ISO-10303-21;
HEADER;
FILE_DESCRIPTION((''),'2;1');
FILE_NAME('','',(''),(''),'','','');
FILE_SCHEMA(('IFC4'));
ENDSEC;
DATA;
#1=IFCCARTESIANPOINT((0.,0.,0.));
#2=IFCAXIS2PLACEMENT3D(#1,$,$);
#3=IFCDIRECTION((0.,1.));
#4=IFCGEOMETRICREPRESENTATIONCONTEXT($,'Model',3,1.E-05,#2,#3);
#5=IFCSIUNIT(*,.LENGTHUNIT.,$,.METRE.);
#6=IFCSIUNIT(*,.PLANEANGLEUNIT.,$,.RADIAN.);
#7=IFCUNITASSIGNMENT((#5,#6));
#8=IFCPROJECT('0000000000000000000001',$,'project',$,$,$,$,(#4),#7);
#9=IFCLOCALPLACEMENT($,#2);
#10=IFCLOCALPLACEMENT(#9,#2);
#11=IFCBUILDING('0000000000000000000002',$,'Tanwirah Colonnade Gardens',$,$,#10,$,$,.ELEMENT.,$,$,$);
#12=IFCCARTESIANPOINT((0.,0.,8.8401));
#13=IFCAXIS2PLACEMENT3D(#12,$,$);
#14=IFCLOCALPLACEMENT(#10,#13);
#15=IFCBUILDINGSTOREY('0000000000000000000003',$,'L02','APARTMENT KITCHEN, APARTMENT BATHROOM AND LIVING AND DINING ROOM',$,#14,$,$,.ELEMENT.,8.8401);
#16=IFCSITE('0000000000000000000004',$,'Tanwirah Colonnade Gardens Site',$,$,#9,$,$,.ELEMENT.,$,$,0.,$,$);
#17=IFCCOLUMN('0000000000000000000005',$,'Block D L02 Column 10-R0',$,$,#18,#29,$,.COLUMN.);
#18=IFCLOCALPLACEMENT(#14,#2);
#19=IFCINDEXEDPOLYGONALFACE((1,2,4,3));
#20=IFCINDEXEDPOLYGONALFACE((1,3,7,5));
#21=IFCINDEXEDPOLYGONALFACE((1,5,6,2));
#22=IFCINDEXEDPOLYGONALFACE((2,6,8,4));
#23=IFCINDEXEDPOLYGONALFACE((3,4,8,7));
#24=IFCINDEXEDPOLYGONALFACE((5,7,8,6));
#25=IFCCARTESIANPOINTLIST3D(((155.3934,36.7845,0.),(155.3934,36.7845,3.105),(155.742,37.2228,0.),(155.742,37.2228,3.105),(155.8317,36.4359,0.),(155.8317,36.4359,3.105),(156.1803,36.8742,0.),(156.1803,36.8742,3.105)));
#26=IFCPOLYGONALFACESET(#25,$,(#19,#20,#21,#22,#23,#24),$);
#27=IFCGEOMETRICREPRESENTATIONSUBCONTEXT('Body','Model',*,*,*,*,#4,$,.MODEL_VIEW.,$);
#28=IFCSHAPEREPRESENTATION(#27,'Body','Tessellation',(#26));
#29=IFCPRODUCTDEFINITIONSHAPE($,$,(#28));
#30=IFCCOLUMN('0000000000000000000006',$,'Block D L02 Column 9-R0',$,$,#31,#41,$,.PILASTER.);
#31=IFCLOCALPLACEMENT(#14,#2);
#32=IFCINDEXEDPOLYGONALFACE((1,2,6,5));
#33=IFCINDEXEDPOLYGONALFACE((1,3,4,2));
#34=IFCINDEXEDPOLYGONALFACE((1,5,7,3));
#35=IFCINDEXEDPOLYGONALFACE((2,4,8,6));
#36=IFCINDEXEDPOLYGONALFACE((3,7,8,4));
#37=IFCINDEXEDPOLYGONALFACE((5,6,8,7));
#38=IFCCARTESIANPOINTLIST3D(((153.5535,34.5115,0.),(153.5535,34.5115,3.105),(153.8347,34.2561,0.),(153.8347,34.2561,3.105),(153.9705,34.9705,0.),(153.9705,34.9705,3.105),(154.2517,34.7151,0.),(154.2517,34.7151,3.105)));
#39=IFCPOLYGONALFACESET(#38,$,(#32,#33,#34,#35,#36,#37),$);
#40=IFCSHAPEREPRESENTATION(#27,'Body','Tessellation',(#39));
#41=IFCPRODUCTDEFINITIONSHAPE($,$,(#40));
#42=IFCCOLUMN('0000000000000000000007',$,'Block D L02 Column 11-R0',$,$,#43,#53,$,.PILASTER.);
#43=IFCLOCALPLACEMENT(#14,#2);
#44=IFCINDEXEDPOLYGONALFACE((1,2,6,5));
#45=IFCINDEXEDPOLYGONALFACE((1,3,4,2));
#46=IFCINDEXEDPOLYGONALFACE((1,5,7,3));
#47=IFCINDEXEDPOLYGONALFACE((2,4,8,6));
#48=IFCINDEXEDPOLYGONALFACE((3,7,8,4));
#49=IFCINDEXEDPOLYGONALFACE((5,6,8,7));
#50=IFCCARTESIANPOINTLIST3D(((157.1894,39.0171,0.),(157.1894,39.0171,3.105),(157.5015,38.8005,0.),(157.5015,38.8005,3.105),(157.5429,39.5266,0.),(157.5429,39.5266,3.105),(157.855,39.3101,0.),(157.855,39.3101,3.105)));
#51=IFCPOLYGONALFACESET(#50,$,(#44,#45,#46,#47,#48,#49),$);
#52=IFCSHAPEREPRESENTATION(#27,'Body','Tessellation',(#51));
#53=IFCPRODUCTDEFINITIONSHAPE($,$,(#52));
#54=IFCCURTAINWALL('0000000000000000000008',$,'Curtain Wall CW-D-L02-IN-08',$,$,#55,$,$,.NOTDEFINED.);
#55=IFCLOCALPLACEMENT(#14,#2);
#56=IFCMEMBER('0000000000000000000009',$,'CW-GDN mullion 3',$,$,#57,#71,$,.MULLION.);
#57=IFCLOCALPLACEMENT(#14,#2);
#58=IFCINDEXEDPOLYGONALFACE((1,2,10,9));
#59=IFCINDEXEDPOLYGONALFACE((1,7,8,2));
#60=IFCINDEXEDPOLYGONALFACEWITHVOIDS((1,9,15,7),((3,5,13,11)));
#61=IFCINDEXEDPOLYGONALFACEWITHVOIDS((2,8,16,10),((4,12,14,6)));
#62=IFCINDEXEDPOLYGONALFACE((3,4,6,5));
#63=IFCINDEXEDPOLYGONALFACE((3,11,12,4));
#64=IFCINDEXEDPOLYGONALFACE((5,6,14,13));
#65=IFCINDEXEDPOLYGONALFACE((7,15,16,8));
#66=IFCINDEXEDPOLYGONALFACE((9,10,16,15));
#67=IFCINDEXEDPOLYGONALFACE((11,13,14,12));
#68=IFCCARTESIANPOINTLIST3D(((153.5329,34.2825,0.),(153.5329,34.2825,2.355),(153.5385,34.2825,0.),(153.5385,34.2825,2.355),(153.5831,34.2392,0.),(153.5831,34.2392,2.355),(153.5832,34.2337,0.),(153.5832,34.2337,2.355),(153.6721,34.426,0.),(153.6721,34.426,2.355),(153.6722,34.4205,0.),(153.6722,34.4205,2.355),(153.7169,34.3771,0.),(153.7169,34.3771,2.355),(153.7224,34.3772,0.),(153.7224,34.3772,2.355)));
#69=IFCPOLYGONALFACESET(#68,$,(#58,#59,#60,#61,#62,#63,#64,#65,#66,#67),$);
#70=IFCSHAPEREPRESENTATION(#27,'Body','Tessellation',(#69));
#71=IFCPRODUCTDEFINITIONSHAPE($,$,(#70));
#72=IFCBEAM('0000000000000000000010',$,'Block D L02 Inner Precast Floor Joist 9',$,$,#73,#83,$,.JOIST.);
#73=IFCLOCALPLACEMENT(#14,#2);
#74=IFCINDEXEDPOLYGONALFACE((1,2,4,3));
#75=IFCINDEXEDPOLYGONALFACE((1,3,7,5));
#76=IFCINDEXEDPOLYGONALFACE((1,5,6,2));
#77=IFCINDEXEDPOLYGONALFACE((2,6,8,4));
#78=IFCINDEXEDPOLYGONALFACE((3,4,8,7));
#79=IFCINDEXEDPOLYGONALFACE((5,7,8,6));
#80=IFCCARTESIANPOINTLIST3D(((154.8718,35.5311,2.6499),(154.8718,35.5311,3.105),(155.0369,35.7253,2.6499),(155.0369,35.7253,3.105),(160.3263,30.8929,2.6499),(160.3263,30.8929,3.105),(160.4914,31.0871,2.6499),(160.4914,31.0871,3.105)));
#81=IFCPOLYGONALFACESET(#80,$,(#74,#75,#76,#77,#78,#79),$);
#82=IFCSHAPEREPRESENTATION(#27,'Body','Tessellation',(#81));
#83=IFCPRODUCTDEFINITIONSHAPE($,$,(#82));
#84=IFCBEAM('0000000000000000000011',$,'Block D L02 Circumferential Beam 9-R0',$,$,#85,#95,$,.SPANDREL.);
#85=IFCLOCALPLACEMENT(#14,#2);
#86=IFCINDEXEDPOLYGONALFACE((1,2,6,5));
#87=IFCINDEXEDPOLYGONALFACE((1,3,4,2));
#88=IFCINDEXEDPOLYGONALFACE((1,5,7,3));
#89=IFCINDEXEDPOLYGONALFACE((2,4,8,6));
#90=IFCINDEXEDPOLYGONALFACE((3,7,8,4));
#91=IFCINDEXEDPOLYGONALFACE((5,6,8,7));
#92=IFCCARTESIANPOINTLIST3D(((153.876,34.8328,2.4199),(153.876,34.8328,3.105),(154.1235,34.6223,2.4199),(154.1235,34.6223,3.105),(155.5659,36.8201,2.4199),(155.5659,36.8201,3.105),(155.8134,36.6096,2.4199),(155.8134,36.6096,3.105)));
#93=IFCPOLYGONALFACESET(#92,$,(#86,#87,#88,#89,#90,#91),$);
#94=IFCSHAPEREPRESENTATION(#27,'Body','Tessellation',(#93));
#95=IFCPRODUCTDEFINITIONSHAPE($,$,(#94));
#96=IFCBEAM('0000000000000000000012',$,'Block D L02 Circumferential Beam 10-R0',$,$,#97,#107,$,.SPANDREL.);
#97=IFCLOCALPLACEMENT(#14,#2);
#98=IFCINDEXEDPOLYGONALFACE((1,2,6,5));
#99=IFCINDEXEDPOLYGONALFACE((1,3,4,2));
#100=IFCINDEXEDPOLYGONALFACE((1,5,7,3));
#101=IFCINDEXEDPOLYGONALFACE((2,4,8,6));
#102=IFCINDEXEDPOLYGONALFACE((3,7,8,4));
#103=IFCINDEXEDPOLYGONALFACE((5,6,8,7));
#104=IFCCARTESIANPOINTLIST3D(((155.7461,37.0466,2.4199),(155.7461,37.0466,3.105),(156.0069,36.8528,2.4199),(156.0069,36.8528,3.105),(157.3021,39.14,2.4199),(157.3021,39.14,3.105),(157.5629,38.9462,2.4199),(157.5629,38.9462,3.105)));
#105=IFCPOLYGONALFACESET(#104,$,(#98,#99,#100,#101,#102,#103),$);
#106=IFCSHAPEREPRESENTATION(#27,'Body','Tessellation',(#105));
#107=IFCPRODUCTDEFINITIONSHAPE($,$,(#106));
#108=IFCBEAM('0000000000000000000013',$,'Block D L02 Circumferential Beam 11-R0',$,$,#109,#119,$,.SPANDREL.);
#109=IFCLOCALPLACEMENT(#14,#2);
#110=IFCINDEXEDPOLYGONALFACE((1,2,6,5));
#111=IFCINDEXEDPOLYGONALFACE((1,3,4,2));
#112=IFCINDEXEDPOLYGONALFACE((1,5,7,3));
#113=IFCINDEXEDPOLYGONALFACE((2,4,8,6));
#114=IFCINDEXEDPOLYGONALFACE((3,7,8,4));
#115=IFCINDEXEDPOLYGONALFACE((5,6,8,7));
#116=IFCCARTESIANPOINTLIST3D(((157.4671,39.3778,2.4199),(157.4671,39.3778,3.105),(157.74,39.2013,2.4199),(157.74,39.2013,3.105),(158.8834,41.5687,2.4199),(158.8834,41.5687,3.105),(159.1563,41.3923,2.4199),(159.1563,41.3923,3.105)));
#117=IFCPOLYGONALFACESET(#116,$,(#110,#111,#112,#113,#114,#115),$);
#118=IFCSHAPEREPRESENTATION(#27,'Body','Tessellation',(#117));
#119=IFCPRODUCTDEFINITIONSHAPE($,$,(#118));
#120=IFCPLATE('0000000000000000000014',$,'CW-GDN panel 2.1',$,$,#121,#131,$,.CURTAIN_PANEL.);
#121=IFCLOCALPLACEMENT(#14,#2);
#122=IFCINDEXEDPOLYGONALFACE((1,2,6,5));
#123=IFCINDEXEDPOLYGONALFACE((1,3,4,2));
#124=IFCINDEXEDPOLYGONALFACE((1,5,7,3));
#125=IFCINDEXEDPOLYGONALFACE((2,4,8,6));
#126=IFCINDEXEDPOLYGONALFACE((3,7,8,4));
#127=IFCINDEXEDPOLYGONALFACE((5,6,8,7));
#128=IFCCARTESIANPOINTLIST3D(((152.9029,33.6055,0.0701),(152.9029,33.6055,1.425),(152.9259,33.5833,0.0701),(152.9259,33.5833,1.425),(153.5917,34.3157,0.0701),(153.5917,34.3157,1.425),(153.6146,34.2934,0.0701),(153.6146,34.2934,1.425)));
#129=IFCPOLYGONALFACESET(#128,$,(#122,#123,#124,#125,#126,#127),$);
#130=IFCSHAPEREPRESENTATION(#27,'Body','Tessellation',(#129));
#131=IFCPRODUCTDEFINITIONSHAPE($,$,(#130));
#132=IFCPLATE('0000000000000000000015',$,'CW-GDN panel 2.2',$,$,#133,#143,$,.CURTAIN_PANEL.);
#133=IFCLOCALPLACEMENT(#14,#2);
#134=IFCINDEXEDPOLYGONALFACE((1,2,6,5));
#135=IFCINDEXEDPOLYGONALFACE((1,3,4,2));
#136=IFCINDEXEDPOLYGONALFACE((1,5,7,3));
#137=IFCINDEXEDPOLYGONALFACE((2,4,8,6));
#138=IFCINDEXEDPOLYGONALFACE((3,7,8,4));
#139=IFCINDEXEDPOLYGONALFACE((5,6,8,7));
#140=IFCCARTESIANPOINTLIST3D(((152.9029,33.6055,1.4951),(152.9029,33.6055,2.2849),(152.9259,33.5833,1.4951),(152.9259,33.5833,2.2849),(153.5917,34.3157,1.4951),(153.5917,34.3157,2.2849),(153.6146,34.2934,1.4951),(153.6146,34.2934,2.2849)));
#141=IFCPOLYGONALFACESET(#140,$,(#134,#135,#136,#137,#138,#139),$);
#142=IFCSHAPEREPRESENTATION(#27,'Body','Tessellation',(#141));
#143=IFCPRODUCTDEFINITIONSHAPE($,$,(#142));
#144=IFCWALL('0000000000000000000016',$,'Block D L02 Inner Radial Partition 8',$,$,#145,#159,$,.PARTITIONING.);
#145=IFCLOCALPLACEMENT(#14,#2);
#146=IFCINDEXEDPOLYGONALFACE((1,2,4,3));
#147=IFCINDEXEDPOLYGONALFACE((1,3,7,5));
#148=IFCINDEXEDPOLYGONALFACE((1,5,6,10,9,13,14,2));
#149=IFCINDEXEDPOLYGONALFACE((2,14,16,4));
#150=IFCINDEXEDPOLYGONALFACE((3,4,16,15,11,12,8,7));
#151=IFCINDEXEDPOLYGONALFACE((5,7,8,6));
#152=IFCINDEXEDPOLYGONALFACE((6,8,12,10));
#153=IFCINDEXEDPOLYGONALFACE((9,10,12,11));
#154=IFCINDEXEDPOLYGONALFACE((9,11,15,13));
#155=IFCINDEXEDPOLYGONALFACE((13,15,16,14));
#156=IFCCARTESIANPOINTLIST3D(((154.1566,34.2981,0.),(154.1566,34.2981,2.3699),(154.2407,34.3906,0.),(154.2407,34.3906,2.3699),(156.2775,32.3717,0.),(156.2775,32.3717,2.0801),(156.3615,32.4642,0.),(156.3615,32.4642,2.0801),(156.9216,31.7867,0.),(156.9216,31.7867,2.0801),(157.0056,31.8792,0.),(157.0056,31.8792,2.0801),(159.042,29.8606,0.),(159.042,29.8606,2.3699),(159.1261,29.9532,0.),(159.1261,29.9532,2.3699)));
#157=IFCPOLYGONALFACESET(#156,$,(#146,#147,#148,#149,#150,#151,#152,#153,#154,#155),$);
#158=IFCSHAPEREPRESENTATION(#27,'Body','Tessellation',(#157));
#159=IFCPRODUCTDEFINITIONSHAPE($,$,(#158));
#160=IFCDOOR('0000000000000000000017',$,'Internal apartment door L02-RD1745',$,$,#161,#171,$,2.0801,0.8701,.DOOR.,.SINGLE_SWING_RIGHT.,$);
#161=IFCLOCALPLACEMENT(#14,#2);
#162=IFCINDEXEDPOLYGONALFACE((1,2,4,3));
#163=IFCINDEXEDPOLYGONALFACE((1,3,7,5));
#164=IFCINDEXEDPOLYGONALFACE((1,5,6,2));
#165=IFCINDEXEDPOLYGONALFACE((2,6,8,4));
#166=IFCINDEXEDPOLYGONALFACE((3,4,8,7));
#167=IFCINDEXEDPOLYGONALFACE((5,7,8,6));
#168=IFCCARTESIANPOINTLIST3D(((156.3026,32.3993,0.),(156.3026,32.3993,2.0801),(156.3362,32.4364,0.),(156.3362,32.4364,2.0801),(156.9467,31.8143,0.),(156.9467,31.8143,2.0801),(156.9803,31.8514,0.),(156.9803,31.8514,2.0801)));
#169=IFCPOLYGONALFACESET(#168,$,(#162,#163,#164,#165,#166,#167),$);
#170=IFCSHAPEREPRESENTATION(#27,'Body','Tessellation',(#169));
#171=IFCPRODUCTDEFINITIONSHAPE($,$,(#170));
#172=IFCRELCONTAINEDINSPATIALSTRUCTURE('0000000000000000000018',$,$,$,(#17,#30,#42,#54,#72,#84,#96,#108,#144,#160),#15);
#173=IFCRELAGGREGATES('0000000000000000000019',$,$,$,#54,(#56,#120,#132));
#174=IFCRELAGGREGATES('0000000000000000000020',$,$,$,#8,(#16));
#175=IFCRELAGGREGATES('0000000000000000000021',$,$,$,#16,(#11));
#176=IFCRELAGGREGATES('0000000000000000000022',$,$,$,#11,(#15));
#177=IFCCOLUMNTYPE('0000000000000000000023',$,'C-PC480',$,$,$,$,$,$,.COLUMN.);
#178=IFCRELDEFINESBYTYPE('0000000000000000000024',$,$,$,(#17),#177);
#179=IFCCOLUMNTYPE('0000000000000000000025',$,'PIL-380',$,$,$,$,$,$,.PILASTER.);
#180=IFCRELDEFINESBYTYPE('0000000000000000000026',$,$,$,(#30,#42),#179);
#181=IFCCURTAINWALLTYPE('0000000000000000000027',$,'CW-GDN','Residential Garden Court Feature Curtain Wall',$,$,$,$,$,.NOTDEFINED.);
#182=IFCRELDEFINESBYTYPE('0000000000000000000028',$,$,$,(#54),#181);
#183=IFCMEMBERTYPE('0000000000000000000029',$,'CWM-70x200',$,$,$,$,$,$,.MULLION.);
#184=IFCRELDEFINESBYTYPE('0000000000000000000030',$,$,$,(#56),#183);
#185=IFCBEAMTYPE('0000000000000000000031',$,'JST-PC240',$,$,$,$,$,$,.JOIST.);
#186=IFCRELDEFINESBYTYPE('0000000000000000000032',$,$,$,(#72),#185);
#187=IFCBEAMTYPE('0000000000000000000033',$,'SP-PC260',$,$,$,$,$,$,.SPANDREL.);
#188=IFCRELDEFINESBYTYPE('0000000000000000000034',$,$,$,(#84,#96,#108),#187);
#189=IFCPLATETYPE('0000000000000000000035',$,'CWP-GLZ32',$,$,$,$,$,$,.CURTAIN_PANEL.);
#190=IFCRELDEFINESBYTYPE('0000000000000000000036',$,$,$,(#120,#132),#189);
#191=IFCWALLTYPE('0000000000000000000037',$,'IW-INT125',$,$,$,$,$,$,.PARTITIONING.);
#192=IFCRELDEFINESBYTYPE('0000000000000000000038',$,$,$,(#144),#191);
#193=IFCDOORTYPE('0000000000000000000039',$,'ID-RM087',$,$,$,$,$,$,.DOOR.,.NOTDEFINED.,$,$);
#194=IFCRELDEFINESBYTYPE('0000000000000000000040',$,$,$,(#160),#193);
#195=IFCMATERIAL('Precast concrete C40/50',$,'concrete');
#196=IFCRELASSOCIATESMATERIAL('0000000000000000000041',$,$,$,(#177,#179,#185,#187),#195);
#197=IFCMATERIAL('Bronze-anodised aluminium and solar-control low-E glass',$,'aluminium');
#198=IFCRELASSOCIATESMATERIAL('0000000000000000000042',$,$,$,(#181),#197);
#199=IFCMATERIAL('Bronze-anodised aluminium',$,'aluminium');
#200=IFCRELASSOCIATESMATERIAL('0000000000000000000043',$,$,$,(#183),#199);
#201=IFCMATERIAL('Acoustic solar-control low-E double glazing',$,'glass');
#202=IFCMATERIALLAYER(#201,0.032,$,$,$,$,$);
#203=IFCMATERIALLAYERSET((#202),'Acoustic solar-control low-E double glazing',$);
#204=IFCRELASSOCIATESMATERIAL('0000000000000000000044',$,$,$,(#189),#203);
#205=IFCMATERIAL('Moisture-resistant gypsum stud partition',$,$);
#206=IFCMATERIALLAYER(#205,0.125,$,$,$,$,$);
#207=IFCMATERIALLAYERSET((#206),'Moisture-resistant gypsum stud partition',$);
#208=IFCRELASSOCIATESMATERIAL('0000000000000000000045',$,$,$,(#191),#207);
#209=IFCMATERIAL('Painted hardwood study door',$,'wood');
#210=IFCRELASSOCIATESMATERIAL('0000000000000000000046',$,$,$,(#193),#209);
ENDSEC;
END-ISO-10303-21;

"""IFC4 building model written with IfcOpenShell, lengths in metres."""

from ifc_helpers import new_model, si_unit, direction, frame, frame_2d, origin, origin_2d, place, context, subcontext, project, spatial, rectangle, hollow_rectangle, extrude, material, layer, layer_set, material_profile, profile_set, type_object, element, fill, aggregate, save


model = new_model("IFC4")

# Units and contexts
model_context = context("Model", 3, precision=1e-05, world=origin(), true_north=direction((0.0, 1.0)))
body_context = subcontext(model_context, "Body", "Model", "MODEL_VIEW")
ifc_project = project(units=[si_unit("LENGTHUNIT", "METRE"), si_unit("PLANEANGLEUNIT", "RADIAN")], contexts=[model_context])

# Site, building, storey
site_placement = place(None, origin())
site = spatial("IfcSite", under=ifc_project, at=site_placement, Name="Tanwirah Colonnade Gardens Site", CompositionType="ELEMENT", RefElevation=0.0)
building_placement = place(site_placement, origin())
building = spatial("IfcBuilding", under=site, at=building_placement, Name="Tanwirah Colonnade Gardens", CompositionType="ELEMENT")
storey_placement = place(building_placement, frame((0.0, 0.0, 8.8401)))
storey = spatial("IfcBuildingStorey", under=building, at=storey_placement, Name="L02", Description="APARTMENT KITCHEN, APARTMENT BATHROOM AND LIVING AND DINING ROOM", CompositionType="ELEMENT", Elevation=8.8401)

# Columns
ifc_material_1 = material(Name="Precast concrete C40/50", Category="concrete")
ifc_material_profile_1 = material_profile(ifc_material_1, rectangle(XDim=0.5601, YDim=0.5601, at=origin_2d()), Name="PC-COL 560x560")
ifc_profile_set_1 = profile_set([ifc_material_profile_1], Name="Precast concrete C40/50")
column_type_1 = type_object("IfcColumnType", Name="C-PC480", PredefinedType="COLUMN", material=ifc_profile_set_1)
column_placement = place(storey_placement, frame((155.7869, 36.8293, 0.0), z_axis=(0.0, 0.0, 1.0), x_axis=(0.782608, -0.622515, 0.0)))
element("IfcColumn", 1, at=column_placement, inside=storey, type_object=column_type_1, Name="Block D L02 Column 10-R0", PredefinedType="COLUMN", context=body_context, shape_type="SweptSolid", body=[
    extrude(rectangle(XDim=0.5601, YDim=0.5601, at=origin_2d()), origin(), (0.0, 0.0, 1.0), 3.105),
])
ifc_material_profile_2 = material_profile(ifc_material_1, rectangle(XDim=0.3799, YDim=0.6201, at=origin_2d()), Name="PC-PIL 380x620")
ifc_profile_set_2 = profile_set([ifc_material_profile_2], Name="Precast concrete C40/50")
column_type_2 = type_object("IfcColumnType", Name="PIL-380", PredefinedType="PILASTER", material=ifc_profile_set_2)
for number, where, z_axis, x_axis, name in (
    (2, (153.9026, 34.6133, 0.0), (0.0, 0.0, 1.0), (0.740218, -0.672367, 0.0), "Block D L02 Column 9-R0"),
    (3, (157.5222, 39.1636, 0.0), (0.0, 0.0, 1.0), (0.821647, -0.569997, 0.0), "Block D L02 Column 11-R0"),
):
    element("IfcColumn", number, at=place(storey_placement, frame(where, z_axis=z_axis, x_axis=x_axis)), inside=storey, type_object=column_type_2, Name=name, PredefinedType="PILASTER", context=body_context, shape_type="SweptSolid", body=[
        extrude(rectangle(XDim=0.3799, YDim=0.6201, at=origin_2d()), origin(), (0.0, 0.0, 1.0), 3.105),
    ])

# Curtain wall, member
ifc_material_2 = material(Name="Bronze-anodised aluminium and solar-control low-E glass", Category="aluminium")
curtain_wall_type = type_object("IfcCurtainWallType", Name="CW-GDN", Description="Residential Garden Court Feature Curtain Wall", PredefinedType="NOTDEFINED", material=ifc_material_2)
curtain_wall_placement = place(storey_placement, origin())
curtain_wall = element("IfcCurtainWall", 4, at=curtain_wall_placement, inside=storey, type_object=curtain_wall_type, Name="Curtain Wall CW-D-L02-IN-08", PredefinedType="NOTDEFINED")
ifc_material_3 = material(Name="Bronze-anodised aluminium", Category="aluminium")
ifc_material_profile_3 = material_profile(ifc_material_3, hollow_rectangle(XDim=0.0701, YDim=0.2, WallThickness=0.0039, at=origin_2d()), Name="CW-MUL 70x200x4")
ifc_profile_set_3 = profile_set([ifc_material_profile_3], Name="Bronze-anodised aluminium")
member_type = type_object("IfcMemberType", Name="CWM-70x200", PredefinedType="MULLION", material=ifc_profile_set_3)
member_placement = place(storey_placement, frame((153.6277, 34.3298, 0.0), z_axis=(0.0, 0.0, 1.0), x_axis=(-0.717825, 0.696223, 0.0)))
member = element("IfcMember", 5, at=member_placement, type_object=member_type, Name="CW-GDN mullion 3", PredefinedType="MULLION", context=body_context, shape_type="SweptSolid", body=[
    extrude(hollow_rectangle(XDim=0.0701, YDim=0.2, WallThickness=0.0039, at=origin_2d()), origin(), (0.0, 0.0, 1.0), 2.355),
])

# Beams
ifc_material_profile_4 = material_profile(ifc_material_1, rectangle(XDim=0.2549, YDim=0.4551, at=origin_2d()), Name="PC-JST 255x455")
ifc_profile_set_4 = profile_set([ifc_material_profile_4], Name="Precast concrete C40/50")
beam_type_1 = type_object("IfcBeamType", Name="JST-PC240", PredefinedType="JOIST", material=ifc_profile_set_4)
beam_1_placement = place(storey_placement, frame((154.9543, 35.6282, 2.8774), z_axis=(0.761816, -0.647793, 0.0), x_axis=(0.647793, 0.761816, 0.0)))
element("IfcBeam", 6, at=beam_1_placement, inside=storey, type_object=beam_type_1, Name="Block D L02 Inner Precast Floor Joist 9", PredefinedType="JOIST", context=body_context, shape_type="SweptSolid", body=[
    extrude(rectangle(XDim=0.2549, YDim=0.4551, at=origin_2d()), origin(), (0.0, 0.0, 1.0), 7.1599),
])
ifc_material_profile_5 = material_profile(ifc_material_1, rectangle(XDim=0.325, YDim=0.6851, at=origin_2d()), Name="PC-SP 325x685")
ifc_profile_set_5 = profile_set([ifc_material_profile_5], Name="Precast concrete C40/50")
beam_type_2 = type_object("IfcBeamType", Name="SP-PC260", PredefinedType="SPANDREL", material=ifc_profile_set_5)
beam_2_placement = place(storey_placement, frame((153.9998, 34.7275, 2.7625), z_axis=(0.647811, 0.761801, 0.0), x_axis=(-0.761801, 0.647811, 0.0)))
element("IfcBeam", 7, at=beam_2_placement, inside=storey, type_object=beam_type_2, Name="Block D L02 Circumferential Beam 9-R0", PredefinedType="SPANDREL", context=body_context, shape_type="SweptSolid", body=[
    extrude(rectangle(XDim=0.325, YDim=0.6851, at=origin_2d()), origin(), (0.0, 0.0, 1.0), 2.6086),
])
beam_3_placement = place(storey_placement, frame((155.8765, 36.9497, 2.7625), z_axis=(0.596565, 0.802565, 0.0), x_axis=(-0.802565, 0.596565, 0.0)))
element("IfcBeam", 8, at=beam_3_placement, inside=storey, type_object=beam_type_2, Name="Block D L02 Circumferential Beam 10-R0", PredefinedType="SPANDREL", context=body_context, shape_type="SweptSolid", body=[
    extrude(rectangle(XDim=0.325, YDim=0.6851, at=origin_2d()), origin(), (0.0, 0.0, 1.0), 2.6084),
])
beam_4_placement = place(storey_placement, frame((157.6035, 39.2896, 2.7625), z_axis=(0.542875, 0.839814, 0.0), x_axis=(-0.839814, 0.542875, 0.0)))
element("IfcBeam", 9, at=beam_4_placement, inside=storey, type_object=beam_type_2, Name="Block D L02 Circumferential Beam 11-R0", PredefinedType="SPANDREL", context=body_context, shape_type="SweptSolid", body=[
    extrude(rectangle(XDim=0.325, YDim=0.6851, at=origin_2d()), origin(), (0.0, 0.0, 1.0), 2.6089),
])

# Plates
ifc_material_4 = material(Name="Acoustic solar-control low-E double glazing", Category="glass")
ifc_layer_1 = layer(ifc_material_4, 0.032)
ifc_layer_set_1 = layer_set([ifc_layer_1], Name="Acoustic solar-control low-E double glazing")
plate_type = type_object("IfcPlateType", Name="CWP-GLZ32", PredefinedType="CURTAIN_PANEL", material=ifc_layer_set_1)
plate_1_placement = place(storey_placement, frame((153.2588, 33.9495, 0.0701), z_axis=(0.0, 0.0, 1.0), x_axis=(0.696223, 0.717825, 0.0)))
plate_1 = element("IfcPlate", 10, at=plate_1_placement, type_object=plate_type, Name="CW-GDN panel 2.1", PredefinedType="CURTAIN_PANEL", context=body_context, shape_type="SweptSolid", body=[
    extrude(rectangle(XDim=0.9893, YDim=0.032, at=origin_2d()), origin(), (0.0, 0.0, 1.0), 1.355),
])
plate_2_placement = place(storey_placement, frame((153.2588, 33.9495, 1.4951), z_axis=(0.0, 0.0, 1.0), x_axis=(0.696223, 0.717825, 0.0)))
plate_2 = element("IfcPlate", 11, at=plate_2_placement, type_object=plate_type, Name="CW-GDN panel 2.2", PredefinedType="CURTAIN_PANEL", context=body_context, shape_type="SweptSolid", body=[
    extrude(rectangle(XDim=0.9893, YDim=0.032, at=origin_2d()), origin(), (0.0, 0.0, 1.0), 0.7898),
])
aggregate(curtain_wall, [member, plate_1, plate_2])

# Wall, opening, door
ifc_material_5 = material(Name="Moisture-resistant gypsum stud partition")
ifc_layer_2 = layer(ifc_material_5, 0.125)
ifc_layer_set_2 = layer_set([ifc_layer_2], Name="Moisture-resistant gypsum stud partition")
wall_type_1 = type_object("IfcWallType", Name="IW-INT125", PredefinedType="PARTITIONING", material=ifc_layer_set_2)
wall_1_placement = place(storey_placement, frame((154.1987, 34.3442, 0.0), z_axis=(0.0, 0.0, 1.0), x_axis=(0.740231, -0.672352, 0.0)))
wall_1 = element("IfcWall", 12, at=wall_1_placement, inside=storey, type_object=wall_type_1, Name="Block D L02 Inner Radial Partition 8", PredefinedType="PARTITIONING", context=body_context, shape_type="SweptSolid", body=[
    extrude(rectangle(XDim=6.5999, YDim=0.125, at=frame_2d((3.2998, 0.0))), origin(), (0.0, 0.0, 1.0), 2.3699),
])
opening_1_placement = place(wall_1_placement, frame((2.865, 0.0, 0.0)))
opening_1 = element("IfcOpeningElement", 13, at=opening_1_placement, cuts=wall_1, PredefinedType="OPENING", context=body_context, shape_type="SweptSolid", body=[
    extrude(rectangle(XDim=0.8701, YDim=2.0801, at=frame_2d((0.4351, 1.04))), frame((0.0, 0.0725, 0.0), z_axis=(0.0, -1.0, 0.0), x_axis=(1.0, 0.0, 0.0)), (0.0, 0.0, 1.0), 0.145),
])
ifc_material_6 = material(Name="Painted hardwood study door", Category="wood")
door_type_1 = type_object("IfcDoorType", Name="ID-RM087", OperationType="NOTDEFINED", PredefinedType="DOOR", material=ifc_material_6)
door_1_placement = place(opening_1_placement, origin())
door_1 = element("IfcDoor", 14, at=door_1_placement, inside=storey, type_object=door_type_1, Name="Internal apartment door L02-RD1745", OperationType="SINGLE_SWING_RIGHT", OverallHeight=2.0801, OverallWidth=0.8701, PredefinedType="DOOR", context=body_context, shape_type="SweptSolid", body=[
    extrude(rectangle(XDim=0.8701, YDim=2.0801, at=frame_2d((0.4351, 1.04))), frame((0.0, 0.0249, 0.0), z_axis=(0.0, -1.0, 0.0), x_axis=(1.0, 0.0, 0.0)), (0.0, 0.0, 1.0), 0.05),
])
fill(opening_1, door_1)

save(model, "model.ifc")
